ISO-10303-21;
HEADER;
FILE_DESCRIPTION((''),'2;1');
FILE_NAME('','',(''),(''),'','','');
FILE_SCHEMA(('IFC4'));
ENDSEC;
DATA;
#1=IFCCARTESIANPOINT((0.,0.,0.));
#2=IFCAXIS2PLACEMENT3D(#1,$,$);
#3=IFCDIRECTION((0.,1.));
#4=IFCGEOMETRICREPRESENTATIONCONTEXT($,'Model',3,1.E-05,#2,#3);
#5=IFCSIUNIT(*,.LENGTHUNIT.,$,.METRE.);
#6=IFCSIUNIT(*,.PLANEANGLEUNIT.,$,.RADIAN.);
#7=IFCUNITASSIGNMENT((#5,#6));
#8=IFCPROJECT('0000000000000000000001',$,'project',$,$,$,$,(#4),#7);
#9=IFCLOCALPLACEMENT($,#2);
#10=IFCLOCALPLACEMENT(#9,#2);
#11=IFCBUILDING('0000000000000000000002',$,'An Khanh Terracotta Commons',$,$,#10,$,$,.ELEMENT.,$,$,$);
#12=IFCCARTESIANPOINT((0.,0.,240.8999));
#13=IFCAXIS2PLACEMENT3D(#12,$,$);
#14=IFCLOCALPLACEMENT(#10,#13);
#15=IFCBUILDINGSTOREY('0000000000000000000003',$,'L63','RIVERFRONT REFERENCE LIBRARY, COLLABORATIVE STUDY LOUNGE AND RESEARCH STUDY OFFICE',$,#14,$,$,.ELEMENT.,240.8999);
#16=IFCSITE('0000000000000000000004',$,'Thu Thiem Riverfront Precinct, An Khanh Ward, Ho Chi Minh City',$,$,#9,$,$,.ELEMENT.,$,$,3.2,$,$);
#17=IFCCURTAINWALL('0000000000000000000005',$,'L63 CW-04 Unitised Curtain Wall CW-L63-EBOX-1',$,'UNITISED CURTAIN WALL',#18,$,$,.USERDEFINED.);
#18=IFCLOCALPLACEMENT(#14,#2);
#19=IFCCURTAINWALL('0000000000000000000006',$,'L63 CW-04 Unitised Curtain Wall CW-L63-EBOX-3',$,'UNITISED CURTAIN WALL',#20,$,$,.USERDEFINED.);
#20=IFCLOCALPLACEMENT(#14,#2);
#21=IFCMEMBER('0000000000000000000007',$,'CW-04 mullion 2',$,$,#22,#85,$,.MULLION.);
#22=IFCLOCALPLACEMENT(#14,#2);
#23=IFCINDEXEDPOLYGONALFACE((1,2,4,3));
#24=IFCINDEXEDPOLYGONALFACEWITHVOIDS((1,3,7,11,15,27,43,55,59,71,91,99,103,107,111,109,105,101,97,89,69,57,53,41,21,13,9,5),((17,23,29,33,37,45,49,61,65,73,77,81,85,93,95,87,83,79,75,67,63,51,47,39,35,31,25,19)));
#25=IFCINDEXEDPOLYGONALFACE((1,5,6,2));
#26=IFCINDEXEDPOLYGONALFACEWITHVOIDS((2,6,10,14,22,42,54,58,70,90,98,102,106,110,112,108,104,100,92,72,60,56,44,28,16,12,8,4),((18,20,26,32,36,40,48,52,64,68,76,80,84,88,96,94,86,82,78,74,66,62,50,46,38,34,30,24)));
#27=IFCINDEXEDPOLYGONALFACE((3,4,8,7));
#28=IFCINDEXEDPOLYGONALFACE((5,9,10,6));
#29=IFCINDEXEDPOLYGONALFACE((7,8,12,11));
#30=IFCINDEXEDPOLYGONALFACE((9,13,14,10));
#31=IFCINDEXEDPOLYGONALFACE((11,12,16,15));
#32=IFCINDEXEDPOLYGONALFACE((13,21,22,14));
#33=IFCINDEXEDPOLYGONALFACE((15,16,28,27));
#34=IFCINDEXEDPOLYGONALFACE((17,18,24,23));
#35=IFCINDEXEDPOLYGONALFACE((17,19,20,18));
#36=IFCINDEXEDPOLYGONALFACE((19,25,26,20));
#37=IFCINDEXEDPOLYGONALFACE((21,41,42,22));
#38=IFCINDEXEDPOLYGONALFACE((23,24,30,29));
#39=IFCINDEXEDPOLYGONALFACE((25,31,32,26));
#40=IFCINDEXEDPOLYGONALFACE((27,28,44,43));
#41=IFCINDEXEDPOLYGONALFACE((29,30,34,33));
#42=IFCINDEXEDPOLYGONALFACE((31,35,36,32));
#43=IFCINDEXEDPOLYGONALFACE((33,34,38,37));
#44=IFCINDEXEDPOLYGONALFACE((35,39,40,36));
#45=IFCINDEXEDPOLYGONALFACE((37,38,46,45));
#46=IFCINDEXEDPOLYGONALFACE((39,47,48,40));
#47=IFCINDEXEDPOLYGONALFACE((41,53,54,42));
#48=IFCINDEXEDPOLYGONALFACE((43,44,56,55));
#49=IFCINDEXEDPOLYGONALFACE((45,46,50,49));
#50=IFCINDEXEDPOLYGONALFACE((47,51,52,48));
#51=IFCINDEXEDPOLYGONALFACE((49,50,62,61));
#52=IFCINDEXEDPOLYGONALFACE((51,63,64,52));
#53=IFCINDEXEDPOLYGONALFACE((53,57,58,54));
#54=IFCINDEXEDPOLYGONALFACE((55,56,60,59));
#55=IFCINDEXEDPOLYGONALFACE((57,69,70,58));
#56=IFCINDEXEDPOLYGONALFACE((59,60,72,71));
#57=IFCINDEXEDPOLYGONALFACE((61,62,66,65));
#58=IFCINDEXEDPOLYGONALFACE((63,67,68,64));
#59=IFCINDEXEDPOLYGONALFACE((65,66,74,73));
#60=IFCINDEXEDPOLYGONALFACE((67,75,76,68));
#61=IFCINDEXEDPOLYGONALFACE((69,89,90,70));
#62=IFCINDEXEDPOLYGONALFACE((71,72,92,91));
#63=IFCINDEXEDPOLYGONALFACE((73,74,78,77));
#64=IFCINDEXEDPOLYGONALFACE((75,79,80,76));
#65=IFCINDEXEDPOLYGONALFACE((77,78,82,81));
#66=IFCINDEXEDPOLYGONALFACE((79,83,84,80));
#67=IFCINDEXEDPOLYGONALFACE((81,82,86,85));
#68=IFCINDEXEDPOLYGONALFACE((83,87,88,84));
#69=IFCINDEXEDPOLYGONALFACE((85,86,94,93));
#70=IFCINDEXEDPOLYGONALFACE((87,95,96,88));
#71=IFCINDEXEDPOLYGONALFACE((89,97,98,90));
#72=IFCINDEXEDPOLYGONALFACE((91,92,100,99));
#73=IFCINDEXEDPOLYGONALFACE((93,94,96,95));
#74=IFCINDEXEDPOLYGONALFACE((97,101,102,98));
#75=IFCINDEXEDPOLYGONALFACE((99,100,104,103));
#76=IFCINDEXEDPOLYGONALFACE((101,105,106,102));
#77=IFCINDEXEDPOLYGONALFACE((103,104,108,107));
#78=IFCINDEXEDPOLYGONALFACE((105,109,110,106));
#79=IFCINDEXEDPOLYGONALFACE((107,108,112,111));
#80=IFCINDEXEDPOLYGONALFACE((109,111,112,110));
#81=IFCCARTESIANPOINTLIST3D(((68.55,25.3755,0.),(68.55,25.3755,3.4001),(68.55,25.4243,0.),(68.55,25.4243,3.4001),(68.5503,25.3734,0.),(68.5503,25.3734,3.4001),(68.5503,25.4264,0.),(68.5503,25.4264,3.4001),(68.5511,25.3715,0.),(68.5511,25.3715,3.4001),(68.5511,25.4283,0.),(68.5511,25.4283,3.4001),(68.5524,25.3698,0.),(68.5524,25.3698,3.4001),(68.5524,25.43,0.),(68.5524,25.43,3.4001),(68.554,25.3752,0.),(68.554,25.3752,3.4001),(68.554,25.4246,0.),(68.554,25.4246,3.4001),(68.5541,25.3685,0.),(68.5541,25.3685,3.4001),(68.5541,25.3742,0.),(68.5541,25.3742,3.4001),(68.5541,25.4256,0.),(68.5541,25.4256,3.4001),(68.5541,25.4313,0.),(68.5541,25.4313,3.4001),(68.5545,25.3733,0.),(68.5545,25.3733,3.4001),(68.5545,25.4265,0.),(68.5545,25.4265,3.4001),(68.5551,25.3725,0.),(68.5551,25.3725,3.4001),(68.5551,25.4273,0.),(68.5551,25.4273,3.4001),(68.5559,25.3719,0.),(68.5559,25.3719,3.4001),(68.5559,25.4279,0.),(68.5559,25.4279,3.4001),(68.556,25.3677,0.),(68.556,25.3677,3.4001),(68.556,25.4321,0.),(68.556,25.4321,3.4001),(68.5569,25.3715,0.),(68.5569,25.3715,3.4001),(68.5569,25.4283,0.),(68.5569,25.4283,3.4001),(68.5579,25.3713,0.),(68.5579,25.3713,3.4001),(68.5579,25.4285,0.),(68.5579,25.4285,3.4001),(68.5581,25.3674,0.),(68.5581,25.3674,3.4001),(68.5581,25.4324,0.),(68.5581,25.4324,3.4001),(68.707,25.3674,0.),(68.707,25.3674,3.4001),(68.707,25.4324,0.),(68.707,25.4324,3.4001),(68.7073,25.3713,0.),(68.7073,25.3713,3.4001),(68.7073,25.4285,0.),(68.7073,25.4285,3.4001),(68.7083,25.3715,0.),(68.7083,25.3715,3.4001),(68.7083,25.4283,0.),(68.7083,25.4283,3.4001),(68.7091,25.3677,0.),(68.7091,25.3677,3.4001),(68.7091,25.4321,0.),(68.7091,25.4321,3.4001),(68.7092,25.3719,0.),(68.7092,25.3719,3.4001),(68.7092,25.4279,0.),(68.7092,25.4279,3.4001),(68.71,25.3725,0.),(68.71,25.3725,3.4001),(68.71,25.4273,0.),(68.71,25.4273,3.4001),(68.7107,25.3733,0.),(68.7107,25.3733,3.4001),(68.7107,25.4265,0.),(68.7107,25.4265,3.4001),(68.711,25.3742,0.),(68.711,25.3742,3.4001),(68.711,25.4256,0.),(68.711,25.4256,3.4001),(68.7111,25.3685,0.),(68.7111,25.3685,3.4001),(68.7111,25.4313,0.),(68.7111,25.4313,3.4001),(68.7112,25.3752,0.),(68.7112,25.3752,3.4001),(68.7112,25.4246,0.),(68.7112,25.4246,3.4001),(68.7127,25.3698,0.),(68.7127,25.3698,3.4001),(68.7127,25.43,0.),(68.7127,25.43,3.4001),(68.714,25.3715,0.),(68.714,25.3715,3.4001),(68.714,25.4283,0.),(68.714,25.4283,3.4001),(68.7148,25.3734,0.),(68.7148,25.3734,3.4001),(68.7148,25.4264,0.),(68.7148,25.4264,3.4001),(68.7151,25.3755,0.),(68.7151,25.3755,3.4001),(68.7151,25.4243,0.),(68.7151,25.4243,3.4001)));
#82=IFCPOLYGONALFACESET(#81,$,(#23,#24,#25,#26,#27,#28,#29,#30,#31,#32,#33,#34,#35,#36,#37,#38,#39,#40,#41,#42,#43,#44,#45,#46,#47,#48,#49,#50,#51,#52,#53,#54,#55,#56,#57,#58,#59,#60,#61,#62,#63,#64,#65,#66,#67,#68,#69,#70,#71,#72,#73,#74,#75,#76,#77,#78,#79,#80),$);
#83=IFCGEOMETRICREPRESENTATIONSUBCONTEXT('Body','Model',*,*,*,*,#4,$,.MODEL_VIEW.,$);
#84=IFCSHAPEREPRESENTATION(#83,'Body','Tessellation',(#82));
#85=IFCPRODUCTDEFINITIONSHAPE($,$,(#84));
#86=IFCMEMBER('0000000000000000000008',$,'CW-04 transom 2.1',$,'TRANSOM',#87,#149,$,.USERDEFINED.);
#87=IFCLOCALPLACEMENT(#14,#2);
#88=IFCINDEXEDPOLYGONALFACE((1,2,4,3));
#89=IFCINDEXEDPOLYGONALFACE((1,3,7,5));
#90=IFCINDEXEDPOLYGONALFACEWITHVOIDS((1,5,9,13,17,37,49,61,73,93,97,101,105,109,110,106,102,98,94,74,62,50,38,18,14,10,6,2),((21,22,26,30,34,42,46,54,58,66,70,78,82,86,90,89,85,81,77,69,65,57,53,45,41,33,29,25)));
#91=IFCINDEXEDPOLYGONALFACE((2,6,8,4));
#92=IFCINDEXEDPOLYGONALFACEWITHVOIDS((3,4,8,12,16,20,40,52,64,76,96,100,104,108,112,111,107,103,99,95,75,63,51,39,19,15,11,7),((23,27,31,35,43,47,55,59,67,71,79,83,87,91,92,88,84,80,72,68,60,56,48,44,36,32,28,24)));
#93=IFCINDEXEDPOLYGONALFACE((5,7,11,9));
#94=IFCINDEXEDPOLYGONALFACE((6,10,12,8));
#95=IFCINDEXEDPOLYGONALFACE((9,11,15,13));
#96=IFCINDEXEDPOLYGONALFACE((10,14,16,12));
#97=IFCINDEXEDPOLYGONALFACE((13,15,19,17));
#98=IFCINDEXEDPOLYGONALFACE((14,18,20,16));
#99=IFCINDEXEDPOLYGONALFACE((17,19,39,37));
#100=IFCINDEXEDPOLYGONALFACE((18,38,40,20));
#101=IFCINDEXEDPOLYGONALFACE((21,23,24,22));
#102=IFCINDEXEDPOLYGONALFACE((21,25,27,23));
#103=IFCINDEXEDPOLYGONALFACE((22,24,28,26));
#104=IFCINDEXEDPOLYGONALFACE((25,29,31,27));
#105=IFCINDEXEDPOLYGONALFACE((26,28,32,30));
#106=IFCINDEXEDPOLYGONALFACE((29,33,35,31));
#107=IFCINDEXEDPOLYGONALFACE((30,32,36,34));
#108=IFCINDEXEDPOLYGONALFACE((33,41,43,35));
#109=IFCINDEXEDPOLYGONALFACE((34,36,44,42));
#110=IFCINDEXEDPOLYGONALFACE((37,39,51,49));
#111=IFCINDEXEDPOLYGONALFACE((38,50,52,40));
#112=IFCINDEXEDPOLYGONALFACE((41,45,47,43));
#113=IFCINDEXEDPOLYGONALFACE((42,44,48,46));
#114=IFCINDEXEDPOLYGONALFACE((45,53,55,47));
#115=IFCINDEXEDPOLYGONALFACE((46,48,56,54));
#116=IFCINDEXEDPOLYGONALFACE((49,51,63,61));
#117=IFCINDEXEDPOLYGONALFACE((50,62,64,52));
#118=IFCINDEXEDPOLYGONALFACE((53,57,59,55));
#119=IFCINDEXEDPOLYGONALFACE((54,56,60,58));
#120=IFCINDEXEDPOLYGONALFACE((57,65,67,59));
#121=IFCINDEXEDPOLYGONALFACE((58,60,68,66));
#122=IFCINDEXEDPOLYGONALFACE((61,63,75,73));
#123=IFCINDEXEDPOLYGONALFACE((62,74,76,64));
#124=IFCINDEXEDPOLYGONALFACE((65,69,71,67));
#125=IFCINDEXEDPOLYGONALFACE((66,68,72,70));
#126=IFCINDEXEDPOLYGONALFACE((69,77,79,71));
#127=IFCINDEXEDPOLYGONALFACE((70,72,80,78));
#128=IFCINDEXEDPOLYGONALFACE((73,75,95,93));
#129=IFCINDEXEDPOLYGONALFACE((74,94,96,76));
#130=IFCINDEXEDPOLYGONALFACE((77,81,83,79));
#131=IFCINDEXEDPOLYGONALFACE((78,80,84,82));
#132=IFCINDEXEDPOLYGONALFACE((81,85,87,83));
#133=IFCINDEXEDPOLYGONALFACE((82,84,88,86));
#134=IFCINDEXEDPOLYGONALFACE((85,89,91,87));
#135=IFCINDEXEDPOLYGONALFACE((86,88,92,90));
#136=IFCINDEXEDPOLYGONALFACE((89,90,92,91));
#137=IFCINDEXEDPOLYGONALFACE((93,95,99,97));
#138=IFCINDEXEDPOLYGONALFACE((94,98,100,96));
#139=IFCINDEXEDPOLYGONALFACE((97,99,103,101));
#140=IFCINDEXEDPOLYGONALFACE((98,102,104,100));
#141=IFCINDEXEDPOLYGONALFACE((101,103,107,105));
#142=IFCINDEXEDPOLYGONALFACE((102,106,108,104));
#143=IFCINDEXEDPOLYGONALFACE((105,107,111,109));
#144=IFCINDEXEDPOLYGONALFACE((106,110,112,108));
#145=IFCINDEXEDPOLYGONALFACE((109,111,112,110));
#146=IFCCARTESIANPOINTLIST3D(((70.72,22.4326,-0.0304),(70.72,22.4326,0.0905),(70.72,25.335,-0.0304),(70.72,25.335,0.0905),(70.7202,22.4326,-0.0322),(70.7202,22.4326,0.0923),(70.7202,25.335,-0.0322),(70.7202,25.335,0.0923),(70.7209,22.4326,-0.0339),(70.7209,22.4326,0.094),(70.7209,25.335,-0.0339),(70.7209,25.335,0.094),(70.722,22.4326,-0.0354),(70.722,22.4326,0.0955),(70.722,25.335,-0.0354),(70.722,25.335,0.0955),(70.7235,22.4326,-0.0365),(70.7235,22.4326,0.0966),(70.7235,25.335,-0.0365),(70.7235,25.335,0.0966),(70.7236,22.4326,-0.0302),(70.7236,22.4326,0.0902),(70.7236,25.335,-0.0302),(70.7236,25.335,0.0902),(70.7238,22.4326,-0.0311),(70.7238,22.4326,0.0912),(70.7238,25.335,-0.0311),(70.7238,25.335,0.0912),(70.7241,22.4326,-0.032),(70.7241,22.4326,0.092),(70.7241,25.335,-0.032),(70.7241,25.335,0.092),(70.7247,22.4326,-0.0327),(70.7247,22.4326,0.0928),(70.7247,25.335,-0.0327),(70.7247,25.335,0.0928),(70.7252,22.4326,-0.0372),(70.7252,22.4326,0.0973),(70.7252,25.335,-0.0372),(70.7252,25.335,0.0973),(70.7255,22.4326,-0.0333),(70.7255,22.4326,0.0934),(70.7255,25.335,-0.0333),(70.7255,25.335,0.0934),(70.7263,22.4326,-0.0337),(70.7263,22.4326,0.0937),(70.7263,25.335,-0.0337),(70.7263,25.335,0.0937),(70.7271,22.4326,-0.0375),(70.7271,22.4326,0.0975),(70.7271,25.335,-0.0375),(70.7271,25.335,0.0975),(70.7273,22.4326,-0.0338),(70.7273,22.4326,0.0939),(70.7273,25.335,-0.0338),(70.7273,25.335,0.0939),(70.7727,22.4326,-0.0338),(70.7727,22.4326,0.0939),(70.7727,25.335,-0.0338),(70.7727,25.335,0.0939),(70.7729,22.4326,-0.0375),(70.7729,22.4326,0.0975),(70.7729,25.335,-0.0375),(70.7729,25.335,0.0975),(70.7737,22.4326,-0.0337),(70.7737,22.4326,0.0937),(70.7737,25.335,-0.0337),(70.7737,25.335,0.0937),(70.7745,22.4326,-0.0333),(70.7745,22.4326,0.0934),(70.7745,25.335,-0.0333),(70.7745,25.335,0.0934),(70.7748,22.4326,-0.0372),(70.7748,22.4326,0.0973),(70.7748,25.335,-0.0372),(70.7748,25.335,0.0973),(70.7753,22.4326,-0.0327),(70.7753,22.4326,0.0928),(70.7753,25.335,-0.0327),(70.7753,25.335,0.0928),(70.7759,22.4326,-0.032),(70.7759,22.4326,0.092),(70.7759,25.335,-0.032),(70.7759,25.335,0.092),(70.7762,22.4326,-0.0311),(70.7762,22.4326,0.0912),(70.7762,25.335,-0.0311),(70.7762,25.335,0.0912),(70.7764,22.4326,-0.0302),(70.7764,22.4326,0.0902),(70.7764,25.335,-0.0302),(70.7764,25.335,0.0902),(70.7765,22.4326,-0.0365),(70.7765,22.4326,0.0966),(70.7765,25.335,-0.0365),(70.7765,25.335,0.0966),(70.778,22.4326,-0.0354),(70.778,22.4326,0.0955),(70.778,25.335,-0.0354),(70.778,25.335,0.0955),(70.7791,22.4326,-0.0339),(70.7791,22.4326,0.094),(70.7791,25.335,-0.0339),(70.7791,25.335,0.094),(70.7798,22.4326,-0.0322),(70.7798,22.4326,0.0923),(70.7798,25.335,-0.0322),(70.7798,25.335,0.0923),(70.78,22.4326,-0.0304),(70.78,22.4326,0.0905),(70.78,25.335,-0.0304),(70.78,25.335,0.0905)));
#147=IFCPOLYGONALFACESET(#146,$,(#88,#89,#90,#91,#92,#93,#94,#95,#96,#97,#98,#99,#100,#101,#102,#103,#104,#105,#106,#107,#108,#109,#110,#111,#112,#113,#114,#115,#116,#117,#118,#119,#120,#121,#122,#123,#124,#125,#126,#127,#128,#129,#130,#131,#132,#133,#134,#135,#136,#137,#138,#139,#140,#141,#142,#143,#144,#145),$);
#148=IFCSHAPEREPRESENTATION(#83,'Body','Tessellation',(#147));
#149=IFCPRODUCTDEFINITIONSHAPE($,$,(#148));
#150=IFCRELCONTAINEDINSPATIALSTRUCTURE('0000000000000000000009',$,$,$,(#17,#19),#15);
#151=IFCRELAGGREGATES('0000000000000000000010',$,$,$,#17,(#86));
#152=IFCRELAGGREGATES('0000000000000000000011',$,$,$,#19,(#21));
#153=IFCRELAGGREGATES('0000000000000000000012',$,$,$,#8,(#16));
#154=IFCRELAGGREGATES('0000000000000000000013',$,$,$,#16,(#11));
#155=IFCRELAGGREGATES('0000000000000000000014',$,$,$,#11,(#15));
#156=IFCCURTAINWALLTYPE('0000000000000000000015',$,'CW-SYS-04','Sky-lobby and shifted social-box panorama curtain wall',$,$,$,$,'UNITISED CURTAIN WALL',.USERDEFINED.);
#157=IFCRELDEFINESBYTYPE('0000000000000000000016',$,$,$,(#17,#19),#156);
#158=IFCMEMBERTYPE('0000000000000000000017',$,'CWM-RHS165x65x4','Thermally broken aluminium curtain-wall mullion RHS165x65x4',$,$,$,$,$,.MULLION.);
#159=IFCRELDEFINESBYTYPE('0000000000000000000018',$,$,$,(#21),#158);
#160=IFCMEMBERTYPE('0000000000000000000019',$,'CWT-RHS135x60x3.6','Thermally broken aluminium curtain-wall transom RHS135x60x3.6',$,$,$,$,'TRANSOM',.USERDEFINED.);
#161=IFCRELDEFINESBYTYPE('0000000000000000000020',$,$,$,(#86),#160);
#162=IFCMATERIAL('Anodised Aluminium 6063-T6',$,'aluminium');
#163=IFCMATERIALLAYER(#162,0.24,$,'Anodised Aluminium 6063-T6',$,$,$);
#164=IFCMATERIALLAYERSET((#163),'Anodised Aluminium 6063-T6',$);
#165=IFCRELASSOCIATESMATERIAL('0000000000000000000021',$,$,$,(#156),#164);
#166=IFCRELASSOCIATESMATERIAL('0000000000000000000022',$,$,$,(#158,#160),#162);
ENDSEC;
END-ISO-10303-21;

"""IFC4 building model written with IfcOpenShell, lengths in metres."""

from ifc_helpers import new_model, si_unit, direction, frame, origin, origin_2d, place, context, subcontext, project, spatial, hollow_rectangle, extrude, material, layer, layer_set, material_profile, profile_set, type_object, element, aggregate, save


model = new_model("IFC4")

# Units and contexts
model_context = context("Model", 3, precision=1e-05, world=origin(), true_north=direction((0.0, 1.0)))
body_context = subcontext(model_context, "Body", "Model", "MODEL_VIEW")
ifc_project = project(units=[si_unit("LENGTHUNIT", "METRE"), si_unit("PLANEANGLEUNIT", "RADIAN")], contexts=[model_context])

# Site, building, storey
site_placement = place(None, origin())
site = spatial("IfcSite", under=ifc_project, at=site_placement, Name="Thu Thiem Riverfront Precinct, An Khanh Ward, Ho Chi Minh City", CompositionType="ELEMENT", RefElevation=3.2)
building_placement = place(site_placement, origin())
building = spatial("IfcBuilding", under=site, at=building_placement, Name="An Khanh Terracotta Commons", CompositionType="ELEMENT")
storey_placement = place(building_placement, frame((0.0, 0.0, 240.8999)))
storey = spatial("IfcBuildingStorey", under=building, at=storey_placement, Name="L63", Description="RIVERFRONT REFERENCE LIBRARY, COLLABORATIVE STUDY LOUNGE AND RESEARCH STUDY OFFICE", CompositionType="ELEMENT", Elevation=240.8999)

# Curtain walls, member
ifc_material_1 = material(Name="Anodised Aluminium 6063-T6", Category="aluminium")
ifc_layer_1 = layer(ifc_material_1, 0.24, Name="Anodised Aluminium 6063-T6")
ifc_layer_set_1 = layer_set([ifc_layer_1], Name="Anodised Aluminium 6063-T6")
curtain_wall_type = type_object("IfcCurtainWallType", Name="CW-SYS-04", Description="Sky-lobby and shifted social-box panorama curtain wall", ElementType="UNITISED CURTAIN WALL", PredefinedType="USERDEFINED", material=ifc_layer_set_1)
curtain_wall_1_placement = place(storey_placement, origin())
curtain_wall_1 = element("IfcCurtainWall", 1, at=curtain_wall_1_placement, inside=storey, type_object=curtain_wall_type, Name="L63 CW-04 Unitised Curtain Wall CW-L63-EBOX-1", ObjectType="UNITISED CURTAIN WALL", PredefinedType="USERDEFINED")
ifc_material_profile_1 = material_profile(ifc_material_1, hollow_rectangle(XDim=0.0649, YDim=0.165, WallThickness=0.0039, InnerFilletRadius=0.0039, OuterFilletRadius=0.0081, at=origin_2d()), Name="RHS165x65x4")
ifc_profile_set_1 = profile_set([ifc_material_profile_1], Name="Anodised Aluminium 6063-T6")
member_type_1 = type_object("IfcMemberType", Name="CWM-RHS165x65x4", Description="Thermally broken aluminium curtain-wall mullion RHS165x65x4", PredefinedType="MULLION", material=ifc_profile_set_1)
curtain_wall_2_placement = place(storey_placement, origin())
curtain_wall_2 = element("IfcCurtainWall", 2, at=curtain_wall_2_placement, inside=storey, type_object=curtain_wall_type, Name="L63 CW-04 Unitised Curtain Wall CW-L63-EBOX-3", ObjectType="UNITISED CURTAIN WALL", PredefinedType="USERDEFINED")
member_1_placement = place(storey_placement, frame((68.6326, 25.3999, 0.0), z_axis=(0.0, 0.0, 1.0), x_axis=(0.0, -1.0, 0.0)))
member_1 = element("IfcMember", 3, at=member_1_placement, type_object=member_type_1, Name="CW-04 mullion 2", PredefinedType="MULLION", context=body_context, shape_type="SweptSolid", body=[
    extrude(hollow_rectangle(XDim=0.0649, YDim=0.165, WallThickness=0.0039, InnerFilletRadius=0.0039, OuterFilletRadius=0.0081, at=origin_2d()), origin(), (0.0, 0.0, 1.0), 3.4001),
])

# Member
ifc_material_profile_2 = material_profile(ifc_material_1, hollow_rectangle(XDim=0.0601, YDim=0.135, WallThickness=0.0037, InnerFilletRadius=0.0037, OuterFilletRadius=0.0071, at=origin_2d()), Name="RHS135x60x3.6")
ifc_profile_set_2 = profile_set([ifc_material_profile_2], Name="Anodised Aluminium 6063-T6")
member_type_2 = type_object("IfcMemberType", Name="CWT-RHS135x60x3.6", Description="Thermally broken aluminium curtain-wall transom RHS135x60x3.6", ElementType="TRANSOM", PredefinedType="USERDEFINED", material=ifc_profile_set_2)
member_2_placement = place(storey_placement, frame((70.75, 22.4326, 0.03), z_axis=(0.0, 1.0, 0.0), x_axis=(-1.0, 0.0, 0.0)))
member_2 = element("IfcMember", 4, at=member_2_placement, type_object=member_type_2, Name="CW-04 transom 2.1", ObjectType="TRANSOM", PredefinedType="USERDEFINED", context=body_context, shape_type="SweptSolid", body=[
    extrude(hollow_rectangle(XDim=0.0601, YDim=0.135, WallThickness=0.0037, InnerFilletRadius=0.0037, OuterFilletRadius=0.0071, at=origin_2d()), origin(), (0.0, 0.0, 1.0), 2.9023),
])

aggregate(curtain_wall_1, [member_2])
aggregate(curtain_wall_2, [member_1])

save(model, "model.ifc")
